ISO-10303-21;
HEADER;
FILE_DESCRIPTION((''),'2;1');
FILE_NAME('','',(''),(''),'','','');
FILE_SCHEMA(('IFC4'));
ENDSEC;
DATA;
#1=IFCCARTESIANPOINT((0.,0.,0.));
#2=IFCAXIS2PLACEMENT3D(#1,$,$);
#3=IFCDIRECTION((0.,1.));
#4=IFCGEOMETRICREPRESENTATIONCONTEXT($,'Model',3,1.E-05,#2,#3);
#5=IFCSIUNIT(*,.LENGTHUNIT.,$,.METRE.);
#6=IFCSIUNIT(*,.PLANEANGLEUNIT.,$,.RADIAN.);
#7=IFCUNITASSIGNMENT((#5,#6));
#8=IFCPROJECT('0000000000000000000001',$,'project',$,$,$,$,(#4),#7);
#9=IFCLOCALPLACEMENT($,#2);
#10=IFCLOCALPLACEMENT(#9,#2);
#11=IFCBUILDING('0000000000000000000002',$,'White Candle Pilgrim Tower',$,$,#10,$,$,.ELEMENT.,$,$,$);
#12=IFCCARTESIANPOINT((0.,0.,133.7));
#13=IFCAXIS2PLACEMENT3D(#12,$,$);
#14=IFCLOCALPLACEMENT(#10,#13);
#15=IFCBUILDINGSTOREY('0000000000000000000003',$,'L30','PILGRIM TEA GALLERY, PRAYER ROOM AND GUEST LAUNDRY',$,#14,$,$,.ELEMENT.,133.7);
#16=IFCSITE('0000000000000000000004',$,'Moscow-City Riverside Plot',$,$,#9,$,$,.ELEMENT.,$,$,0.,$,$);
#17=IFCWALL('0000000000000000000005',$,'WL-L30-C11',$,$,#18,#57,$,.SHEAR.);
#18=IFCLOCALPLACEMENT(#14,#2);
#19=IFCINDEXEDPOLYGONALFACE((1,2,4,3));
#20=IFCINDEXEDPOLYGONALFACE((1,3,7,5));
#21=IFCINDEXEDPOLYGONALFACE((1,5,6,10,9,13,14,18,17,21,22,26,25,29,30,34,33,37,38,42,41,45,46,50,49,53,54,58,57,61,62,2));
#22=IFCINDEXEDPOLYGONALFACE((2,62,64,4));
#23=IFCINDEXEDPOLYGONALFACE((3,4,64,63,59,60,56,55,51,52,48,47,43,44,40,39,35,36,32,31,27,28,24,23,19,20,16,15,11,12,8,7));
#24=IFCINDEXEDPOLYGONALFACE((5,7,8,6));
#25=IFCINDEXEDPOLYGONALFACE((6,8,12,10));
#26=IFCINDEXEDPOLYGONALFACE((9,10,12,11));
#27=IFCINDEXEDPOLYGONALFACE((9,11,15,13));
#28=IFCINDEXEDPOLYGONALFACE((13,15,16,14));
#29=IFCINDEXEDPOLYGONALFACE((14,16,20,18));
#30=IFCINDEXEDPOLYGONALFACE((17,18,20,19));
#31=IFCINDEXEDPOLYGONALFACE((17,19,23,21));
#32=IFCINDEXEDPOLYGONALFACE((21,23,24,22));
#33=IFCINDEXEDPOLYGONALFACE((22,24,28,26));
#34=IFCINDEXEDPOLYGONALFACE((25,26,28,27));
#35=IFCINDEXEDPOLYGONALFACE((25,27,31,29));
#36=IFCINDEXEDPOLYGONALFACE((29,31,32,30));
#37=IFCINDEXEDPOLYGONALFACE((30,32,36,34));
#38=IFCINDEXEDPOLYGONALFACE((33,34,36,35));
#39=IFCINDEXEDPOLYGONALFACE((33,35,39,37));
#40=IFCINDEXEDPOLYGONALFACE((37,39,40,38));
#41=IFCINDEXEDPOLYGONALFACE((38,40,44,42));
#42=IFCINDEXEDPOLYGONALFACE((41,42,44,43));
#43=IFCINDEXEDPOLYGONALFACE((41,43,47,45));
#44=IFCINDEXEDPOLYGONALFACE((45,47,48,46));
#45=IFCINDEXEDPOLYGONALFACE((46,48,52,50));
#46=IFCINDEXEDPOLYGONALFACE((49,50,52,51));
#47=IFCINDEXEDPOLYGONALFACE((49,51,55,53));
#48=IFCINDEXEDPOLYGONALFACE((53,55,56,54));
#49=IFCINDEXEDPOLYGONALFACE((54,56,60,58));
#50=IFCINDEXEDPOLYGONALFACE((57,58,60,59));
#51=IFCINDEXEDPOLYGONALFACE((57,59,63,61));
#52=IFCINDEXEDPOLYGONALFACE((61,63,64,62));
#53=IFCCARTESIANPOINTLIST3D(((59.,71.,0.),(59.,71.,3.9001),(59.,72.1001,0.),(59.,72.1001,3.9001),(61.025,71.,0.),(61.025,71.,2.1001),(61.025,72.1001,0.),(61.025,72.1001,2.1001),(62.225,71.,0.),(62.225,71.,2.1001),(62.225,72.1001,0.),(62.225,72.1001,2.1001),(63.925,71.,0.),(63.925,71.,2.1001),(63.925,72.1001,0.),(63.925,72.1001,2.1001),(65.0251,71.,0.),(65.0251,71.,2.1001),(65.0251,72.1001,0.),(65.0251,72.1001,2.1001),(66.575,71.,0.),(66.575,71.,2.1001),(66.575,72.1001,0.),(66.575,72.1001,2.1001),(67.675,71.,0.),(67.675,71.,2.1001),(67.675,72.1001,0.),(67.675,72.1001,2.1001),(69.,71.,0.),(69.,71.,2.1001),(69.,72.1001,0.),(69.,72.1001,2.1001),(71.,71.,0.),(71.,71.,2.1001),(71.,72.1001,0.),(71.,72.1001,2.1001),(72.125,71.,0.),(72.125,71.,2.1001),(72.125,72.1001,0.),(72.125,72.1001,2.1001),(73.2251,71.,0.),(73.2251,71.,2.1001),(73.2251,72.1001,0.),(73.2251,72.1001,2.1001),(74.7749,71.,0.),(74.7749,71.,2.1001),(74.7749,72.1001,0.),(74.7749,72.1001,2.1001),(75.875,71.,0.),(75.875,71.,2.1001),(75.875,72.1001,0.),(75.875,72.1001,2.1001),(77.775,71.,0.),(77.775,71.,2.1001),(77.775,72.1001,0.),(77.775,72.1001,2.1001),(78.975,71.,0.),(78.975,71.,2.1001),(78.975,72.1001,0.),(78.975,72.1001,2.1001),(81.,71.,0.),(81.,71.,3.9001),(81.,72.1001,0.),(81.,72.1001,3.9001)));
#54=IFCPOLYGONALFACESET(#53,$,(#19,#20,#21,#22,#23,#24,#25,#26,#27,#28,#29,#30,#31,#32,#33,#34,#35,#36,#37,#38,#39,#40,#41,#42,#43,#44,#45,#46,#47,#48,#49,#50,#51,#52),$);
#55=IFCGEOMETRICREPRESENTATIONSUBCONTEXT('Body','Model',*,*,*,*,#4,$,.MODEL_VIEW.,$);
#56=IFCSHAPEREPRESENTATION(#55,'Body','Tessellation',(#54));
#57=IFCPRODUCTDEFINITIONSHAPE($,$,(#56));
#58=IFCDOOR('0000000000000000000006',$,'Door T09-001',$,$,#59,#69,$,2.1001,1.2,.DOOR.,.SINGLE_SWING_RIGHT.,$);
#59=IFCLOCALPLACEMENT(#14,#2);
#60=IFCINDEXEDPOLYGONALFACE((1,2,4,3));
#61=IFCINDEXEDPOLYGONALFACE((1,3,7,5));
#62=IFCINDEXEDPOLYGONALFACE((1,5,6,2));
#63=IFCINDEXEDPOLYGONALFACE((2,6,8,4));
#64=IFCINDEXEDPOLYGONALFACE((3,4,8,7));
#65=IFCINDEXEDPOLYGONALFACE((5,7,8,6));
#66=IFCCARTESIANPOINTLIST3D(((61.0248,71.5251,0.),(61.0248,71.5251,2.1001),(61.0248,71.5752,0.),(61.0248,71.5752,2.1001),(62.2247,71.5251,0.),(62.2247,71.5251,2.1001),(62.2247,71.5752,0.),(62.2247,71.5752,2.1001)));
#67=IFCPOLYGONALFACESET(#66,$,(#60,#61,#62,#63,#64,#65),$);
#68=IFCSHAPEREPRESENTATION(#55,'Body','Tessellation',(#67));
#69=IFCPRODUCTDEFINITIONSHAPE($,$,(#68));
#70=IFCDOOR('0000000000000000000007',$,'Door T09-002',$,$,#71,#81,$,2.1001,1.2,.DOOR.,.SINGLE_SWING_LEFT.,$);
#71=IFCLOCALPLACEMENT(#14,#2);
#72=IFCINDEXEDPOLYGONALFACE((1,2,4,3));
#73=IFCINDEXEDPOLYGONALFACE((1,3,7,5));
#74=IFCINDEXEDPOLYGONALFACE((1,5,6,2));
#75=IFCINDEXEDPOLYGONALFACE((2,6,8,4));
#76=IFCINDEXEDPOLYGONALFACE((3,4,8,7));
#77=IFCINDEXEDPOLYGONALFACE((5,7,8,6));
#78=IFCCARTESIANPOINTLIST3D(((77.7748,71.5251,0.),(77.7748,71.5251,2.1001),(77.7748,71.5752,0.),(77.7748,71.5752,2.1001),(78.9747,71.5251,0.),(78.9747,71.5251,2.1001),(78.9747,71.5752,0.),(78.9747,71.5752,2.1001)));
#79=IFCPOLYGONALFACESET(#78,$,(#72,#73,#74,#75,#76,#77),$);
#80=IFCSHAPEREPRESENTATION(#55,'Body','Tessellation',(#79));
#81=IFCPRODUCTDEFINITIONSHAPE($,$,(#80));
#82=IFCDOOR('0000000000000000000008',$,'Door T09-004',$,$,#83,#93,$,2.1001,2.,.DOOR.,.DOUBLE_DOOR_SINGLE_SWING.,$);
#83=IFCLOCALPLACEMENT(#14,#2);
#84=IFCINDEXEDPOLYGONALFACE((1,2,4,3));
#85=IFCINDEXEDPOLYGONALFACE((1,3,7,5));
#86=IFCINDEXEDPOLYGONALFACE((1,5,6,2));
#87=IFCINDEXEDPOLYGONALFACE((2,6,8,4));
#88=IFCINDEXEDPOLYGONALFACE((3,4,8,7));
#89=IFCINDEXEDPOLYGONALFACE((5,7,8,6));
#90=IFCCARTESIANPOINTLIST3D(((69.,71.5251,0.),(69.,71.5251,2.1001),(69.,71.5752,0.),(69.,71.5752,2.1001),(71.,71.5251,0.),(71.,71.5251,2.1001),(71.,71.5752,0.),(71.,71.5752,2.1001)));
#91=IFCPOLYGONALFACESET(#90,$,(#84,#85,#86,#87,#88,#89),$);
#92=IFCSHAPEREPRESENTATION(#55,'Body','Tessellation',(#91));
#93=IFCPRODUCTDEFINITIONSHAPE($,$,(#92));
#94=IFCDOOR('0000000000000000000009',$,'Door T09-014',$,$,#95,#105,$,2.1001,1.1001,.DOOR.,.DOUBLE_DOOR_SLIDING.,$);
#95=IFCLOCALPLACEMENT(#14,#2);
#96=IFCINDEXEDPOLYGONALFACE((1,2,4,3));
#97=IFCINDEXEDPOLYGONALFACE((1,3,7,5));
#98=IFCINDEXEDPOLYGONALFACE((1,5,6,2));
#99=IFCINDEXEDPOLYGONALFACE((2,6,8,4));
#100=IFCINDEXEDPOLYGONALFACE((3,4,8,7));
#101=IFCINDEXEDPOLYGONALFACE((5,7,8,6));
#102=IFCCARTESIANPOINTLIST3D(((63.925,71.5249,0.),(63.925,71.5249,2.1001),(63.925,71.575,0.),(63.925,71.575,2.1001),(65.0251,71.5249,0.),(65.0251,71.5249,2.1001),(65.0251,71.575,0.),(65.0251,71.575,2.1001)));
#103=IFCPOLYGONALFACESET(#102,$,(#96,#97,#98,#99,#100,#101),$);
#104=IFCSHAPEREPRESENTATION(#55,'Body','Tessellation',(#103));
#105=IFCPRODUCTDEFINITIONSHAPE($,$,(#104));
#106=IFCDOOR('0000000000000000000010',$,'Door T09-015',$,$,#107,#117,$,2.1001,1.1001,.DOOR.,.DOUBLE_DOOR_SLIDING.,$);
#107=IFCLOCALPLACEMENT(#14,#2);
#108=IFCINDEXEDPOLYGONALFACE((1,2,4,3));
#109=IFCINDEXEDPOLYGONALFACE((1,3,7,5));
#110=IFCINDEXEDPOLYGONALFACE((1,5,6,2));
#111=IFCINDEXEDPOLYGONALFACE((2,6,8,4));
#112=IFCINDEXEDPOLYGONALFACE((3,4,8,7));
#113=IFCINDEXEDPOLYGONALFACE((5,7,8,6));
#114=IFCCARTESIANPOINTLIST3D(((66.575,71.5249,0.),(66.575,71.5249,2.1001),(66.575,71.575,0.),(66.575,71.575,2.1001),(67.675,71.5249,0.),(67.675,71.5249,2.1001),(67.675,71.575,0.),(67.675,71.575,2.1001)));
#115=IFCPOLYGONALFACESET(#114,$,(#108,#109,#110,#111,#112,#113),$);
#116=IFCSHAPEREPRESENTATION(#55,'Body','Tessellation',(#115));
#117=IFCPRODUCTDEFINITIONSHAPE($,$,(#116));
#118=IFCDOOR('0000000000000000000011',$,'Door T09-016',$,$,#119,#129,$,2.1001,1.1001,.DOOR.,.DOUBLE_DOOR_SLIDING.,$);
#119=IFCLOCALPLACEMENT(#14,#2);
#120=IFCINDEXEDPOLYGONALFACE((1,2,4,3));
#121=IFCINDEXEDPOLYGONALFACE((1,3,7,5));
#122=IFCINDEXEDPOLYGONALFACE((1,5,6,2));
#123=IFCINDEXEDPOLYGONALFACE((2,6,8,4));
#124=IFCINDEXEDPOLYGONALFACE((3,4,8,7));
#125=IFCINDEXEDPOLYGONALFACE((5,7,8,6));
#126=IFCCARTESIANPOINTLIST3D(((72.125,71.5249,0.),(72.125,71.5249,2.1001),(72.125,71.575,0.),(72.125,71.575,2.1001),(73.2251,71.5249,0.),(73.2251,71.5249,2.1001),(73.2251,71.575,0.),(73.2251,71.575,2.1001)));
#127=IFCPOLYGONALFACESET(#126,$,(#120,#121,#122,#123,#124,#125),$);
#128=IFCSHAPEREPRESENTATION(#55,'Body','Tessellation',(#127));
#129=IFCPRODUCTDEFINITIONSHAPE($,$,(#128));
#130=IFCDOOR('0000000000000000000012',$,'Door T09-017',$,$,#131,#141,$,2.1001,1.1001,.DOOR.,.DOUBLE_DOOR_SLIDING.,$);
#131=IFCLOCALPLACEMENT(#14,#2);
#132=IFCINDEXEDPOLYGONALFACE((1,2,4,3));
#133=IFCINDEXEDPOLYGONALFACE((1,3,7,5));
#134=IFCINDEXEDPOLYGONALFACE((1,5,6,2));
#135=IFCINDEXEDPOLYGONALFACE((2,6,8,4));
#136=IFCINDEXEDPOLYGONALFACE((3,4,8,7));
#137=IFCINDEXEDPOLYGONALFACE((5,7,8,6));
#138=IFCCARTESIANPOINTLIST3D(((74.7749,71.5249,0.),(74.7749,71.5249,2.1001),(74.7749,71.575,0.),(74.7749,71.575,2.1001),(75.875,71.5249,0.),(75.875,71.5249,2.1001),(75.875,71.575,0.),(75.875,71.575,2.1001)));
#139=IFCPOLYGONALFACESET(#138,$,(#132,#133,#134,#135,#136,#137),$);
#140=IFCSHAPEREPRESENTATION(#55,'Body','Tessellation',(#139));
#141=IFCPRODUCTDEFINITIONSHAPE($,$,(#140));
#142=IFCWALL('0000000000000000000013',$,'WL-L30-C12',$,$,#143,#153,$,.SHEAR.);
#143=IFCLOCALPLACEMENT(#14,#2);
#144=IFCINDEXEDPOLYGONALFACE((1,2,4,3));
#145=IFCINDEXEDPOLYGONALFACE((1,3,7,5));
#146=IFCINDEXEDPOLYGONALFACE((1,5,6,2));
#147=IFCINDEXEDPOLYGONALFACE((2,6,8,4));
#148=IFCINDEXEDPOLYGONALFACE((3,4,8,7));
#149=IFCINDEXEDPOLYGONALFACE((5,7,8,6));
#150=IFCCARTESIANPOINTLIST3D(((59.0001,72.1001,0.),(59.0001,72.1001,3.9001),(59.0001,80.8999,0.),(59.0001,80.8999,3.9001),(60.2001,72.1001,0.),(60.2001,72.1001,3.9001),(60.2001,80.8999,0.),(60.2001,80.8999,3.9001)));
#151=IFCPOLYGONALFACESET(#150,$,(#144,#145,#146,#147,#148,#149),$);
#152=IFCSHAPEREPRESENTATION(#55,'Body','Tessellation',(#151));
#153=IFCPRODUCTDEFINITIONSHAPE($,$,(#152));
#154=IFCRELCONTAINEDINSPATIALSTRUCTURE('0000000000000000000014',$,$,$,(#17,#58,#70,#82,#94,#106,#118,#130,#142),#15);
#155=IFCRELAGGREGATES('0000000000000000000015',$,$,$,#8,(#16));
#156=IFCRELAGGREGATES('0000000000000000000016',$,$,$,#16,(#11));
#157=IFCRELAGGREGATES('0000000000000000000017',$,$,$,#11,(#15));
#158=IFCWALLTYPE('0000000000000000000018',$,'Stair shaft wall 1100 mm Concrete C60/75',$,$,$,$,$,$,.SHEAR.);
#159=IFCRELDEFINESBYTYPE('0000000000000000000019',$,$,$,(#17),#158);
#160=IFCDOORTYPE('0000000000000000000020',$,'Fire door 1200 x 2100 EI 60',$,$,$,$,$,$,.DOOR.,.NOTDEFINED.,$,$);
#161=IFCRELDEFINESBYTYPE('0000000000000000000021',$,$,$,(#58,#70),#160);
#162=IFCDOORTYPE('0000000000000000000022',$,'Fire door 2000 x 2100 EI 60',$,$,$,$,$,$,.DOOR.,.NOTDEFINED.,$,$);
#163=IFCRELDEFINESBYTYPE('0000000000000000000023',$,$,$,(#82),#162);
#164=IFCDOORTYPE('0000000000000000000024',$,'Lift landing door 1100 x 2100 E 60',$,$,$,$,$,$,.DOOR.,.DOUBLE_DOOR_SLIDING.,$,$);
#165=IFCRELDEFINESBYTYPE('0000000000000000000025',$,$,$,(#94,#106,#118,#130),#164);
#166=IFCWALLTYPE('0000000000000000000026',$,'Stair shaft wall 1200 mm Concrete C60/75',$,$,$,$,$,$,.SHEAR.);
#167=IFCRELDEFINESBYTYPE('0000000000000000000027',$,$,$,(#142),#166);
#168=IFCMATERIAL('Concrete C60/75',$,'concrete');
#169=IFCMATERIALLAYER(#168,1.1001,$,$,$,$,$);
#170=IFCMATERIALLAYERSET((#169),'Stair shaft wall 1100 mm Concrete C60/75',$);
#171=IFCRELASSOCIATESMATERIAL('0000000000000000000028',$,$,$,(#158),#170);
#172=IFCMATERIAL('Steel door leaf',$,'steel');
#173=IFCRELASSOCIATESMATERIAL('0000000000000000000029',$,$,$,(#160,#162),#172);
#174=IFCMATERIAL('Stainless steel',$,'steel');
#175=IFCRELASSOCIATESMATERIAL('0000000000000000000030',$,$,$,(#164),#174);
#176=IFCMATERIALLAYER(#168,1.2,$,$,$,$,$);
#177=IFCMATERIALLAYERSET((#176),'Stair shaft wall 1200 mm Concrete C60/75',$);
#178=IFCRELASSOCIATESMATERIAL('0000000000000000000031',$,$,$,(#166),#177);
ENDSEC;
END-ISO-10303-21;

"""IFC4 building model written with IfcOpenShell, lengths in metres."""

from ifc_helpers import new_model, si_unit, direction, frame, frame_2d, origin, place, context, subcontext, project, spatial, rectangle, extrude, material, layer, layer_set, type_object, element, fill, save


model = new_model("IFC4")

# Units and contexts
model_context = context("Model", 3, precision=1e-05, world=origin(), true_north=direction((0.0, 1.0)))
body_context = subcontext(model_context, "Body", "Model", "MODEL_VIEW")
ifc_project = project(units=[si_unit("LENGTHUNIT", "METRE"), si_unit("PLANEANGLEUNIT", "RADIAN")], contexts=[model_context])

# Site, building, storey
site_placement = place(None, origin())
site = spatial("IfcSite", under=ifc_project, at=site_placement, Name="Moscow-City Riverside Plot", CompositionType="ELEMENT", RefElevation=0.0)
building_placement = place(site_placement, origin())
building = spatial("IfcBuilding", under=site, at=building_placement, Name="White Candle Pilgrim Tower", CompositionType="ELEMENT")
storey_placement = place(building_placement, frame((0.0, 0.0, 133.7)))
storey = spatial("IfcBuildingStorey", under=building, at=storey_placement, Name="L30", Description="PILGRIM TEA GALLERY, PRAYER ROOM AND GUEST LAUNDRY", CompositionType="ELEMENT", Elevation=133.7)

# Shared definitions
ifc_material_1 = material(Name="Steel door leaf", Category="steel")

# Shared definitions
ifc_material_2 = material(Name="Concrete C60/75", Category="concrete")

# Wall, openings, doors
ifc_layer_1 = layer(ifc_material_2, 1.1001)
ifc_layer_set_1 = layer_set([ifc_layer_1], Name="Stair shaft wall 1100 mm Concrete C60/75")
wall_type_1 = type_object("IfcWallType", Name="Stair shaft wall 1100 mm Concrete C60/75", PredefinedType="SHEAR", material=ifc_layer_set_1)
wall_1_placement = place(storey_placement, frame((59.0, 71.55, 0.0), z_axis=(0.0, 0.0, 1.0), x_axis=(1.0, 0.0, 0.0)))
wall_1 = element("IfcWall", 1, at=wall_1_placement, inside=storey, type_object=wall_type_1, Name="WL-L30-C11", PredefinedType="SHEAR", context=body_context, shape_type="SweptSolid", body=[
    extrude(rectangle(XDim=22.0, YDim=1.1001, at=frame_2d((11.0, 0.0))), origin(), (0.0, 0.0, 1.0), 3.9001),
])
opening_1_placement = place(wall_1_placement, frame((2.0249, 0.0, 0.0)))
opening_1 = element("IfcOpeningElement", 2, at=opening_1_placement, cuts=wall_1, PredefinedType="OPENING", context=body_context, shape_type="SweptSolid", body=[
    extrude(rectangle(XDim=1.2, YDim=2.1001, at=frame_2d((0.6001, 1.05))), frame((0.0, 0.5601, 0.0), z_axis=(0.0, -1.0, 0.0), x_axis=(1.0, 0.0, 0.0)), (0.0, 0.0, 1.0), 1.1201),
])
opening_2_placement = place(wall_1_placement, frame((18.7749, 0.0, 0.0)))
opening_2 = element("IfcOpeningElement", 3, at=opening_2_placement, cuts=wall_1, PredefinedType="OPENING", context=body_context, shape_type="SweptSolid", body=[
    extrude(rectangle(XDim=1.2, YDim=2.1001, at=frame_2d((0.6001, 1.05))), frame((0.0, 0.5601, 0.0), z_axis=(0.0, -1.0, 0.0), x_axis=(1.0, 0.0, 0.0)), (0.0, 0.0, 1.0), 1.1201),
])
opening_3_placement = place(wall_1_placement, frame((10.0, 0.0, 0.0)))
opening_3 = element("IfcOpeningElement", 4, at=opening_3_placement, cuts=wall_1, PredefinedType="OPENING", context=body_context, shape_type="SweptSolid", body=[
    extrude(rectangle(XDim=2.0, YDim=2.1001, at=frame_2d((1.0, 1.05))), frame((0.0, 0.5601, 0.0), z_axis=(0.0, -1.0, 0.0), x_axis=(1.0, 0.0, 0.0)), (0.0, 0.0, 1.0), 1.1201),
])
opening_4_placement = place(wall_1_placement, frame((4.925, 0.0, 0.0)))
opening_4 = element("IfcOpeningElement", 5, at=opening_4_placement, cuts=wall_1, PredefinedType="OPENING", context=body_context, shape_type="SweptSolid", body=[
    extrude(rectangle(XDim=1.1001, YDim=2.1001, at=frame_2d((0.55, 1.05))), frame((0.0, 0.5601, 0.0), z_axis=(0.0, -1.0, 0.0), x_axis=(1.0, 0.0, 0.0)), (0.0, 0.0, 1.0), 1.1201),
])
opening_5_placement = place(wall_1_placement, frame((7.575, 0.0, 0.0)))
opening_5 = element("IfcOpeningElement", 6, at=opening_5_placement, cuts=wall_1, PredefinedType="OPENING", context=body_context, shape_type="SweptSolid", body=[
    extrude(rectangle(XDim=1.1001, YDim=2.1001, at=frame_2d((0.55, 1.05))), frame((0.0, 0.5601, 0.0), z_axis=(0.0, -1.0, 0.0), x_axis=(1.0, 0.0, 0.0)), (0.0, 0.0, 1.0), 1.1201),
])
opening_6_placement = place(wall_1_placement, frame((13.125, 0.0, 0.0)))
opening_6 = element("IfcOpeningElement", 7, at=opening_6_placement, cuts=wall_1, PredefinedType="OPENING", context=body_context, shape_type="SweptSolid", body=[
    extrude(rectangle(XDim=1.1001, YDim=2.1001, at=frame_2d((0.55, 1.05))), frame((0.0, 0.5601, 0.0), z_axis=(0.0, -1.0, 0.0), x_axis=(1.0, 0.0, 0.0)), (0.0, 0.0, 1.0), 1.1201),
])
opening_7_placement = place(wall_1_placement, frame((15.7749, 0.0, 0.0)))
opening_7 = element("IfcOpeningElement", 8, at=opening_7_placement, cuts=wall_1, PredefinedType="OPENING", context=body_context, shape_type="SweptSolid", body=[
    extrude(rectangle(XDim=1.1001, YDim=2.1001, at=frame_2d((0.55, 1.05))), frame((0.0, 0.5601, 0.0), z_axis=(0.0, -1.0, 0.0), x_axis=(1.0, 0.0, 0.0)), (0.0, 0.0, 1.0), 1.1201),
])
door_type_1 = type_object("IfcDoorType", Name="Fire door 1200 x 2100 EI 60", OperationType="NOTDEFINED", PredefinedType="DOOR", material=ifc_material_1)
door_1_placement = place(opening_1_placement, frame((1.2, 0.0, 0.0), z_axis=(0.0, 0.0, 1.0), x_axis=(-1.0, 0.0, 0.0)))
door_1 = element("IfcDoor", 9, at=door_1_placement, inside=storey, type_object=door_type_1, Name="Door T09-001", OperationType="SINGLE_SWING_RIGHT", OverallHeight=2.1001, OverallWidth=1.2, PredefinedType="DOOR", context=body_context, shape_type="SweptSolid", body=[
    extrude(rectangle(XDim=1.2, YDim=2.1001, at=frame_2d((0.6001, 1.05))), frame((0.0, 0.0249, 0.0), z_axis=(0.0, -1.0, 0.0), x_axis=(1.0, 0.0, 0.0)), (0.0, 0.0, 1.0), 0.05),
])
fill(opening_1, door_1)
door_2_placement = place(opening_2_placement, frame((1.2, 0.0, 0.0), z_axis=(0.0, 0.0, 1.0), x_axis=(-1.0, 0.0, 0.0)))
door_2 = element("IfcDoor", 10, at=door_2_placement, inside=storey, type_object=door_type_1, Name="Door T09-002", OperationType="SINGLE_SWING_LEFT", OverallHeight=2.1001, OverallWidth=1.2, PredefinedType="DOOR", context=body_context, shape_type="SweptSolid", body=[
    extrude(rectangle(XDim=1.2, YDim=2.1001, at=frame_2d((0.6001, 1.05))), frame((0.0, 0.0249, 0.0), z_axis=(0.0, -1.0, 0.0), x_axis=(1.0, 0.0, 0.0)), (0.0, 0.0, 1.0), 0.05),
])
fill(opening_2, door_2)
door_type_2 = type_object("IfcDoorType", Name="Fire door 2000 x 2100 EI 60", OperationType="NOTDEFINED", PredefinedType="DOOR", material=ifc_material_1)
door_3_placement = place(opening_3_placement, frame((2.0, 0.0, 0.0), z_axis=(0.0, 0.0, 1.0), x_axis=(-1.0, 0.0, 0.0)))
door_3 = element("IfcDoor", 11, at=door_3_placement, inside=storey, type_object=door_type_2, Name="Door T09-004", OperationType="DOUBLE_DOOR_SINGLE_SWING", OverallHeight=2.1001, OverallWidth=2.0, PredefinedType="DOOR", context=body_context, shape_type="SweptSolid", body=[
    extrude(rectangle(XDim=2.0, YDim=2.1001, at=frame_2d((1.0, 1.05))), frame((0.0, 0.0249, 0.0), z_axis=(0.0, -1.0, 0.0), x_axis=(1.0, 0.0, 0.0)), (0.0, 0.0, 1.0), 0.05),
])
fill(opening_3, door_3)
ifc_material_3 = material(Name="Stainless steel", Category="steel")
door_type_3 = type_object("IfcDoorType", Name="Lift landing door 1100 x 2100 E 60", OperationType="DOUBLE_DOOR_SLIDING", PredefinedType="DOOR", material=ifc_material_3)
door_4_placement = place(opening_4_placement, origin())
door_4 = element("IfcDoor", 12, at=door_4_placement, inside=storey, type_object=door_type_3, Name="Door T09-014", OperationType="DOUBLE_DOOR_SLIDING", OverallHeight=2.1001, OverallWidth=1.1001, PredefinedType="DOOR", context=body_context, shape_type="SweptSolid", body=[
    extrude(rectangle(XDim=1.1001, YDim=2.1001, at=frame_2d((0.55, 1.05))), frame((0.0, 0.0249, 0.0), z_axis=(0.0, -1.0, 0.0), x_axis=(1.0, 0.0, 0.0)), (0.0, 0.0, 1.0), 0.05),
])
fill(opening_4, door_4)
door_5_placement = place(opening_5_placement, origin())
door_5 = element("IfcDoor", 13, at=door_5_placement, inside=storey, type_object=door_type_3, Name="Door T09-015", OperationType="DOUBLE_DOOR_SLIDING", OverallHeight=2.1001, OverallWidth=1.1001, PredefinedType="DOOR", context=body_context, shape_type="SweptSolid", body=[
    extrude(rectangle(XDim=1.1001, YDim=2.1001, at=frame_2d((0.55, 1.05))), frame((0.0, 0.0249, 0.0), z_axis=(0.0, -1.0, 0.0), x_axis=(1.0, 0.0, 0.0)), (0.0, 0.0, 1.0), 0.05),
])
fill(opening_5, door_5)
door_6_placement = place(opening_6_placement, origin())
door_6 = element("IfcDoor", 14, at=door_6_placement, inside=storey, type_object=door_type_3, Name="Door T09-016", OperationType="DOUBLE_DOOR_SLIDING", OverallHeight=2.1001, OverallWidth=1.1001, PredefinedType="DOOR", context=body_context, shape_type="SweptSolid", body=[
    extrude(rectangle(XDim=1.1001, YDim=2.1001, at=frame_2d((0.55, 1.05))), frame((0.0, 0.0249, 0.0), z_axis=(0.0, -1.0, 0.0), x_axis=(1.0, 0.0, 0.0)), (0.0, 0.0, 1.0), 0.05),
])
fill(opening_6, door_6)
door_7_placement = place(opening_7_placement, origin())
door_7 = element("IfcDoor", 15, at=door_7_placement, inside=storey, type_object=door_type_3, Name="Door T09-017", OperationType="DOUBLE_DOOR_SLIDING", OverallHeight=2.1001, OverallWidth=1.1001, PredefinedType="DOOR", context=body_context, shape_type="SweptSolid", body=[
    extrude(rectangle(XDim=1.1001, YDim=2.1001, at=frame_2d((0.55, 1.05))), frame((0.0, 0.0249, 0.0), z_axis=(0.0, -1.0, 0.0), x_axis=(1.0, 0.0, 0.0)), (0.0, 0.0, 1.0), 0.05),
])
fill(opening_7, door_7)

# Wall
ifc_layer_2 = layer(ifc_material_2, 1.2)
ifc_layer_set_2 = layer_set([ifc_layer_2], Name="Stair shaft wall 1200 mm Concrete C60/75")
wall_type_2 = type_object("IfcWallType", Name="Stair shaft wall 1200 mm Concrete C60/75", PredefinedType="SHEAR", material=ifc_layer_set_2)
wall_2_placement = place(storey_placement, frame((59.6001, 72.1001, 0.0), z_axis=(0.0, 0.0, 1.0), x_axis=(0.0, 1.0, 0.0)))
element("IfcWall", 16, at=wall_2_placement, inside=storey, type_object=wall_type_2, Name="WL-L30-C12", PredefinedType="SHEAR", context=body_context, shape_type="SweptSolid", body=[
    extrude(rectangle(XDim=8.7998, YDim=1.2, at=frame_2d((4.3999, 0.0))), origin(), (0.0, 0.0, 1.0), 3.9001),
])

save(model, "model.ifc")
